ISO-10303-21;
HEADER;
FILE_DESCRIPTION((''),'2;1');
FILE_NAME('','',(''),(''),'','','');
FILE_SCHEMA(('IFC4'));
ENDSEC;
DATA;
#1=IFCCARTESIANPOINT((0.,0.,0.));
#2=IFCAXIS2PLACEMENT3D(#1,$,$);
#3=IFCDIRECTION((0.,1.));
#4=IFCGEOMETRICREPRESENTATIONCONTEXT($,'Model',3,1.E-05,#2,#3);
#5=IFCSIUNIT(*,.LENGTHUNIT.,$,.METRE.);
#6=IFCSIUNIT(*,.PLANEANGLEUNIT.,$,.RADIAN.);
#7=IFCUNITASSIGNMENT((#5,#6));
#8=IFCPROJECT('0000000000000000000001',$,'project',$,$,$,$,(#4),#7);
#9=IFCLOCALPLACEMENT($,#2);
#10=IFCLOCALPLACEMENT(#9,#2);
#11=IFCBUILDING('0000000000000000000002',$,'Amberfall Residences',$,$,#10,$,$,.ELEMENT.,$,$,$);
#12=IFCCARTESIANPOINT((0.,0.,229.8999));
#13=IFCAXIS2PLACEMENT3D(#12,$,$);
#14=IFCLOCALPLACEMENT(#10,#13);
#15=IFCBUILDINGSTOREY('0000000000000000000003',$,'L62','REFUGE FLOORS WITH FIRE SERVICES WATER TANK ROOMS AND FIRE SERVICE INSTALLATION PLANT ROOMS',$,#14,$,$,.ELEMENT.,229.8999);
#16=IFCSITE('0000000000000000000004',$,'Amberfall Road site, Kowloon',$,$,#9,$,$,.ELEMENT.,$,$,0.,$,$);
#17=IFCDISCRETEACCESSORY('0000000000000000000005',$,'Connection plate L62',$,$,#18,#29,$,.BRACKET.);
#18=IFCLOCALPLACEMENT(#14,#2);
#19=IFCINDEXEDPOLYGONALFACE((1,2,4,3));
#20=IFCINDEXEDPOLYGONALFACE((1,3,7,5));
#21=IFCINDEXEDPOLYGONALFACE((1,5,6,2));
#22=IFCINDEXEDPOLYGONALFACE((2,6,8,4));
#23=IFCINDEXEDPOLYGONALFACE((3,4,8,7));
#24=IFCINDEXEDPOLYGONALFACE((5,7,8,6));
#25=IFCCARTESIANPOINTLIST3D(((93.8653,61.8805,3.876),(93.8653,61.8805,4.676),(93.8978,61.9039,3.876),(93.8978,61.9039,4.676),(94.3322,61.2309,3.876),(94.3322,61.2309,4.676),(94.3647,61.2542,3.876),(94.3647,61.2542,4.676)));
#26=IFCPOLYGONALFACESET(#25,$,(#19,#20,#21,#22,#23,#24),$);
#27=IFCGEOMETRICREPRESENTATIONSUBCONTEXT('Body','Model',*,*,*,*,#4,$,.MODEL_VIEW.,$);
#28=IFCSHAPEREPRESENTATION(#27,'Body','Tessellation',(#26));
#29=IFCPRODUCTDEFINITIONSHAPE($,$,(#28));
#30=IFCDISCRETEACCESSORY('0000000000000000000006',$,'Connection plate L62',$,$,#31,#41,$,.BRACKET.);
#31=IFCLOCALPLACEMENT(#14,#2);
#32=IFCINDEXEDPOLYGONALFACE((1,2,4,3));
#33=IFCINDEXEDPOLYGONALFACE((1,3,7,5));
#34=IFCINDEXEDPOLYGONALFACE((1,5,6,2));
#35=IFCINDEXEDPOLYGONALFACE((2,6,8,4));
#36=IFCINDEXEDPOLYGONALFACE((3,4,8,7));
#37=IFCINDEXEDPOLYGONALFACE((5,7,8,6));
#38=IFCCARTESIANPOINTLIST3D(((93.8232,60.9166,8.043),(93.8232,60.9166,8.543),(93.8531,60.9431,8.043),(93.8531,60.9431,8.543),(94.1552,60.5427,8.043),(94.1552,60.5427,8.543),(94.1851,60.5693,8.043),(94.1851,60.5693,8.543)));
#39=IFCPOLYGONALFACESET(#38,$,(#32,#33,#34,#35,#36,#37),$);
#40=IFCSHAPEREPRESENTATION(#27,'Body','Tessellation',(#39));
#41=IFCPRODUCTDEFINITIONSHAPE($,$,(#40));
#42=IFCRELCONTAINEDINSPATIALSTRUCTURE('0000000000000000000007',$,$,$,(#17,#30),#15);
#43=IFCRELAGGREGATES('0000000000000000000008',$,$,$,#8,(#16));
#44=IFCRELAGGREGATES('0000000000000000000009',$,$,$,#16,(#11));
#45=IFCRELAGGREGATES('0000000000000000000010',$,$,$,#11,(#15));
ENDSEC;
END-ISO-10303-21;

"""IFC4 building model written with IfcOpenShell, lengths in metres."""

from ifc_helpers import new_model, si_unit, direction, frame, origin, origin_2d, place, context, subcontext, project, spatial, rectangle, extrude, element, save


model = new_model("IFC4")

# Units and contexts
model_context = context("Model", 3, precision=1e-05, world=origin(), true_north=direction((0.0, 1.0)))
body_context = subcontext(model_context, "Body", "Model", "MODEL_VIEW")
ifc_project = project(units=[si_unit("LENGTHUNIT", "METRE"), si_unit("PLANEANGLEUNIT", "RADIAN")], contexts=[model_context])

# Site, building, storey
site_placement = place(None, origin())
site = spatial("IfcSite", under=ifc_project, at=site_placement, Name="Amberfall Road site, Kowloon", CompositionType="ELEMENT", RefElevation=0.0)
building_placement = place(site_placement, origin())
building = spatial("IfcBuilding", under=site, at=building_placement, Name="Amberfall Residences", CompositionType="ELEMENT")
storey_placement = place(building_placement, frame((0.0, 0.0, 229.8999)))
storey = spatial("IfcBuildingStorey", under=building, at=storey_placement, Name="L62", Description="REFUGE FLOORS WITH FIRE SERVICES WATER TANK ROOMS AND FIRE SERVICE INSTALLATION PLANT ROOMS", CompositionType="ELEMENT", Elevation=229.8999)

# Discrete accessories
discrete_accessory_1_placement = place(storey_placement, frame((94.115, 61.5674, 3.876), z_axis=(0.0, 0.0, 1.0), x_axis=(0.583655, -0.812002, 0.0)))
element("IfcDiscreteAccessory", 1, at=discrete_accessory_1_placement, inside=storey, Name="Connection plate L62", PredefinedType="BRACKET", context=body_context, shape_type="SweptSolid", body=[
    extrude(rectangle(XDim=0.8, YDim=0.04, at=origin_2d()), origin(), (0.0, 0.0, 1.0), 0.8),
])
discrete_accessory_2_placement = place(storey_placement, frame((94.0042, 60.7429, 8.043), z_axis=(0.0, 0.0, 1.0), x_axis=(0.663991, -0.74774, 0.0)))
element("IfcDiscreteAccessory", 2, at=discrete_accessory_2_placement, inside=storey, Name="Connection plate L62", PredefinedType="BRACKET", context=body_context, shape_type="SweptSolid", body=[
    extrude(rectangle(XDim=0.5, YDim=0.04, at=origin_2d()), origin(), (0.0, 0.0, 1.0), 0.5),
])

save(model, "model.ifc")
